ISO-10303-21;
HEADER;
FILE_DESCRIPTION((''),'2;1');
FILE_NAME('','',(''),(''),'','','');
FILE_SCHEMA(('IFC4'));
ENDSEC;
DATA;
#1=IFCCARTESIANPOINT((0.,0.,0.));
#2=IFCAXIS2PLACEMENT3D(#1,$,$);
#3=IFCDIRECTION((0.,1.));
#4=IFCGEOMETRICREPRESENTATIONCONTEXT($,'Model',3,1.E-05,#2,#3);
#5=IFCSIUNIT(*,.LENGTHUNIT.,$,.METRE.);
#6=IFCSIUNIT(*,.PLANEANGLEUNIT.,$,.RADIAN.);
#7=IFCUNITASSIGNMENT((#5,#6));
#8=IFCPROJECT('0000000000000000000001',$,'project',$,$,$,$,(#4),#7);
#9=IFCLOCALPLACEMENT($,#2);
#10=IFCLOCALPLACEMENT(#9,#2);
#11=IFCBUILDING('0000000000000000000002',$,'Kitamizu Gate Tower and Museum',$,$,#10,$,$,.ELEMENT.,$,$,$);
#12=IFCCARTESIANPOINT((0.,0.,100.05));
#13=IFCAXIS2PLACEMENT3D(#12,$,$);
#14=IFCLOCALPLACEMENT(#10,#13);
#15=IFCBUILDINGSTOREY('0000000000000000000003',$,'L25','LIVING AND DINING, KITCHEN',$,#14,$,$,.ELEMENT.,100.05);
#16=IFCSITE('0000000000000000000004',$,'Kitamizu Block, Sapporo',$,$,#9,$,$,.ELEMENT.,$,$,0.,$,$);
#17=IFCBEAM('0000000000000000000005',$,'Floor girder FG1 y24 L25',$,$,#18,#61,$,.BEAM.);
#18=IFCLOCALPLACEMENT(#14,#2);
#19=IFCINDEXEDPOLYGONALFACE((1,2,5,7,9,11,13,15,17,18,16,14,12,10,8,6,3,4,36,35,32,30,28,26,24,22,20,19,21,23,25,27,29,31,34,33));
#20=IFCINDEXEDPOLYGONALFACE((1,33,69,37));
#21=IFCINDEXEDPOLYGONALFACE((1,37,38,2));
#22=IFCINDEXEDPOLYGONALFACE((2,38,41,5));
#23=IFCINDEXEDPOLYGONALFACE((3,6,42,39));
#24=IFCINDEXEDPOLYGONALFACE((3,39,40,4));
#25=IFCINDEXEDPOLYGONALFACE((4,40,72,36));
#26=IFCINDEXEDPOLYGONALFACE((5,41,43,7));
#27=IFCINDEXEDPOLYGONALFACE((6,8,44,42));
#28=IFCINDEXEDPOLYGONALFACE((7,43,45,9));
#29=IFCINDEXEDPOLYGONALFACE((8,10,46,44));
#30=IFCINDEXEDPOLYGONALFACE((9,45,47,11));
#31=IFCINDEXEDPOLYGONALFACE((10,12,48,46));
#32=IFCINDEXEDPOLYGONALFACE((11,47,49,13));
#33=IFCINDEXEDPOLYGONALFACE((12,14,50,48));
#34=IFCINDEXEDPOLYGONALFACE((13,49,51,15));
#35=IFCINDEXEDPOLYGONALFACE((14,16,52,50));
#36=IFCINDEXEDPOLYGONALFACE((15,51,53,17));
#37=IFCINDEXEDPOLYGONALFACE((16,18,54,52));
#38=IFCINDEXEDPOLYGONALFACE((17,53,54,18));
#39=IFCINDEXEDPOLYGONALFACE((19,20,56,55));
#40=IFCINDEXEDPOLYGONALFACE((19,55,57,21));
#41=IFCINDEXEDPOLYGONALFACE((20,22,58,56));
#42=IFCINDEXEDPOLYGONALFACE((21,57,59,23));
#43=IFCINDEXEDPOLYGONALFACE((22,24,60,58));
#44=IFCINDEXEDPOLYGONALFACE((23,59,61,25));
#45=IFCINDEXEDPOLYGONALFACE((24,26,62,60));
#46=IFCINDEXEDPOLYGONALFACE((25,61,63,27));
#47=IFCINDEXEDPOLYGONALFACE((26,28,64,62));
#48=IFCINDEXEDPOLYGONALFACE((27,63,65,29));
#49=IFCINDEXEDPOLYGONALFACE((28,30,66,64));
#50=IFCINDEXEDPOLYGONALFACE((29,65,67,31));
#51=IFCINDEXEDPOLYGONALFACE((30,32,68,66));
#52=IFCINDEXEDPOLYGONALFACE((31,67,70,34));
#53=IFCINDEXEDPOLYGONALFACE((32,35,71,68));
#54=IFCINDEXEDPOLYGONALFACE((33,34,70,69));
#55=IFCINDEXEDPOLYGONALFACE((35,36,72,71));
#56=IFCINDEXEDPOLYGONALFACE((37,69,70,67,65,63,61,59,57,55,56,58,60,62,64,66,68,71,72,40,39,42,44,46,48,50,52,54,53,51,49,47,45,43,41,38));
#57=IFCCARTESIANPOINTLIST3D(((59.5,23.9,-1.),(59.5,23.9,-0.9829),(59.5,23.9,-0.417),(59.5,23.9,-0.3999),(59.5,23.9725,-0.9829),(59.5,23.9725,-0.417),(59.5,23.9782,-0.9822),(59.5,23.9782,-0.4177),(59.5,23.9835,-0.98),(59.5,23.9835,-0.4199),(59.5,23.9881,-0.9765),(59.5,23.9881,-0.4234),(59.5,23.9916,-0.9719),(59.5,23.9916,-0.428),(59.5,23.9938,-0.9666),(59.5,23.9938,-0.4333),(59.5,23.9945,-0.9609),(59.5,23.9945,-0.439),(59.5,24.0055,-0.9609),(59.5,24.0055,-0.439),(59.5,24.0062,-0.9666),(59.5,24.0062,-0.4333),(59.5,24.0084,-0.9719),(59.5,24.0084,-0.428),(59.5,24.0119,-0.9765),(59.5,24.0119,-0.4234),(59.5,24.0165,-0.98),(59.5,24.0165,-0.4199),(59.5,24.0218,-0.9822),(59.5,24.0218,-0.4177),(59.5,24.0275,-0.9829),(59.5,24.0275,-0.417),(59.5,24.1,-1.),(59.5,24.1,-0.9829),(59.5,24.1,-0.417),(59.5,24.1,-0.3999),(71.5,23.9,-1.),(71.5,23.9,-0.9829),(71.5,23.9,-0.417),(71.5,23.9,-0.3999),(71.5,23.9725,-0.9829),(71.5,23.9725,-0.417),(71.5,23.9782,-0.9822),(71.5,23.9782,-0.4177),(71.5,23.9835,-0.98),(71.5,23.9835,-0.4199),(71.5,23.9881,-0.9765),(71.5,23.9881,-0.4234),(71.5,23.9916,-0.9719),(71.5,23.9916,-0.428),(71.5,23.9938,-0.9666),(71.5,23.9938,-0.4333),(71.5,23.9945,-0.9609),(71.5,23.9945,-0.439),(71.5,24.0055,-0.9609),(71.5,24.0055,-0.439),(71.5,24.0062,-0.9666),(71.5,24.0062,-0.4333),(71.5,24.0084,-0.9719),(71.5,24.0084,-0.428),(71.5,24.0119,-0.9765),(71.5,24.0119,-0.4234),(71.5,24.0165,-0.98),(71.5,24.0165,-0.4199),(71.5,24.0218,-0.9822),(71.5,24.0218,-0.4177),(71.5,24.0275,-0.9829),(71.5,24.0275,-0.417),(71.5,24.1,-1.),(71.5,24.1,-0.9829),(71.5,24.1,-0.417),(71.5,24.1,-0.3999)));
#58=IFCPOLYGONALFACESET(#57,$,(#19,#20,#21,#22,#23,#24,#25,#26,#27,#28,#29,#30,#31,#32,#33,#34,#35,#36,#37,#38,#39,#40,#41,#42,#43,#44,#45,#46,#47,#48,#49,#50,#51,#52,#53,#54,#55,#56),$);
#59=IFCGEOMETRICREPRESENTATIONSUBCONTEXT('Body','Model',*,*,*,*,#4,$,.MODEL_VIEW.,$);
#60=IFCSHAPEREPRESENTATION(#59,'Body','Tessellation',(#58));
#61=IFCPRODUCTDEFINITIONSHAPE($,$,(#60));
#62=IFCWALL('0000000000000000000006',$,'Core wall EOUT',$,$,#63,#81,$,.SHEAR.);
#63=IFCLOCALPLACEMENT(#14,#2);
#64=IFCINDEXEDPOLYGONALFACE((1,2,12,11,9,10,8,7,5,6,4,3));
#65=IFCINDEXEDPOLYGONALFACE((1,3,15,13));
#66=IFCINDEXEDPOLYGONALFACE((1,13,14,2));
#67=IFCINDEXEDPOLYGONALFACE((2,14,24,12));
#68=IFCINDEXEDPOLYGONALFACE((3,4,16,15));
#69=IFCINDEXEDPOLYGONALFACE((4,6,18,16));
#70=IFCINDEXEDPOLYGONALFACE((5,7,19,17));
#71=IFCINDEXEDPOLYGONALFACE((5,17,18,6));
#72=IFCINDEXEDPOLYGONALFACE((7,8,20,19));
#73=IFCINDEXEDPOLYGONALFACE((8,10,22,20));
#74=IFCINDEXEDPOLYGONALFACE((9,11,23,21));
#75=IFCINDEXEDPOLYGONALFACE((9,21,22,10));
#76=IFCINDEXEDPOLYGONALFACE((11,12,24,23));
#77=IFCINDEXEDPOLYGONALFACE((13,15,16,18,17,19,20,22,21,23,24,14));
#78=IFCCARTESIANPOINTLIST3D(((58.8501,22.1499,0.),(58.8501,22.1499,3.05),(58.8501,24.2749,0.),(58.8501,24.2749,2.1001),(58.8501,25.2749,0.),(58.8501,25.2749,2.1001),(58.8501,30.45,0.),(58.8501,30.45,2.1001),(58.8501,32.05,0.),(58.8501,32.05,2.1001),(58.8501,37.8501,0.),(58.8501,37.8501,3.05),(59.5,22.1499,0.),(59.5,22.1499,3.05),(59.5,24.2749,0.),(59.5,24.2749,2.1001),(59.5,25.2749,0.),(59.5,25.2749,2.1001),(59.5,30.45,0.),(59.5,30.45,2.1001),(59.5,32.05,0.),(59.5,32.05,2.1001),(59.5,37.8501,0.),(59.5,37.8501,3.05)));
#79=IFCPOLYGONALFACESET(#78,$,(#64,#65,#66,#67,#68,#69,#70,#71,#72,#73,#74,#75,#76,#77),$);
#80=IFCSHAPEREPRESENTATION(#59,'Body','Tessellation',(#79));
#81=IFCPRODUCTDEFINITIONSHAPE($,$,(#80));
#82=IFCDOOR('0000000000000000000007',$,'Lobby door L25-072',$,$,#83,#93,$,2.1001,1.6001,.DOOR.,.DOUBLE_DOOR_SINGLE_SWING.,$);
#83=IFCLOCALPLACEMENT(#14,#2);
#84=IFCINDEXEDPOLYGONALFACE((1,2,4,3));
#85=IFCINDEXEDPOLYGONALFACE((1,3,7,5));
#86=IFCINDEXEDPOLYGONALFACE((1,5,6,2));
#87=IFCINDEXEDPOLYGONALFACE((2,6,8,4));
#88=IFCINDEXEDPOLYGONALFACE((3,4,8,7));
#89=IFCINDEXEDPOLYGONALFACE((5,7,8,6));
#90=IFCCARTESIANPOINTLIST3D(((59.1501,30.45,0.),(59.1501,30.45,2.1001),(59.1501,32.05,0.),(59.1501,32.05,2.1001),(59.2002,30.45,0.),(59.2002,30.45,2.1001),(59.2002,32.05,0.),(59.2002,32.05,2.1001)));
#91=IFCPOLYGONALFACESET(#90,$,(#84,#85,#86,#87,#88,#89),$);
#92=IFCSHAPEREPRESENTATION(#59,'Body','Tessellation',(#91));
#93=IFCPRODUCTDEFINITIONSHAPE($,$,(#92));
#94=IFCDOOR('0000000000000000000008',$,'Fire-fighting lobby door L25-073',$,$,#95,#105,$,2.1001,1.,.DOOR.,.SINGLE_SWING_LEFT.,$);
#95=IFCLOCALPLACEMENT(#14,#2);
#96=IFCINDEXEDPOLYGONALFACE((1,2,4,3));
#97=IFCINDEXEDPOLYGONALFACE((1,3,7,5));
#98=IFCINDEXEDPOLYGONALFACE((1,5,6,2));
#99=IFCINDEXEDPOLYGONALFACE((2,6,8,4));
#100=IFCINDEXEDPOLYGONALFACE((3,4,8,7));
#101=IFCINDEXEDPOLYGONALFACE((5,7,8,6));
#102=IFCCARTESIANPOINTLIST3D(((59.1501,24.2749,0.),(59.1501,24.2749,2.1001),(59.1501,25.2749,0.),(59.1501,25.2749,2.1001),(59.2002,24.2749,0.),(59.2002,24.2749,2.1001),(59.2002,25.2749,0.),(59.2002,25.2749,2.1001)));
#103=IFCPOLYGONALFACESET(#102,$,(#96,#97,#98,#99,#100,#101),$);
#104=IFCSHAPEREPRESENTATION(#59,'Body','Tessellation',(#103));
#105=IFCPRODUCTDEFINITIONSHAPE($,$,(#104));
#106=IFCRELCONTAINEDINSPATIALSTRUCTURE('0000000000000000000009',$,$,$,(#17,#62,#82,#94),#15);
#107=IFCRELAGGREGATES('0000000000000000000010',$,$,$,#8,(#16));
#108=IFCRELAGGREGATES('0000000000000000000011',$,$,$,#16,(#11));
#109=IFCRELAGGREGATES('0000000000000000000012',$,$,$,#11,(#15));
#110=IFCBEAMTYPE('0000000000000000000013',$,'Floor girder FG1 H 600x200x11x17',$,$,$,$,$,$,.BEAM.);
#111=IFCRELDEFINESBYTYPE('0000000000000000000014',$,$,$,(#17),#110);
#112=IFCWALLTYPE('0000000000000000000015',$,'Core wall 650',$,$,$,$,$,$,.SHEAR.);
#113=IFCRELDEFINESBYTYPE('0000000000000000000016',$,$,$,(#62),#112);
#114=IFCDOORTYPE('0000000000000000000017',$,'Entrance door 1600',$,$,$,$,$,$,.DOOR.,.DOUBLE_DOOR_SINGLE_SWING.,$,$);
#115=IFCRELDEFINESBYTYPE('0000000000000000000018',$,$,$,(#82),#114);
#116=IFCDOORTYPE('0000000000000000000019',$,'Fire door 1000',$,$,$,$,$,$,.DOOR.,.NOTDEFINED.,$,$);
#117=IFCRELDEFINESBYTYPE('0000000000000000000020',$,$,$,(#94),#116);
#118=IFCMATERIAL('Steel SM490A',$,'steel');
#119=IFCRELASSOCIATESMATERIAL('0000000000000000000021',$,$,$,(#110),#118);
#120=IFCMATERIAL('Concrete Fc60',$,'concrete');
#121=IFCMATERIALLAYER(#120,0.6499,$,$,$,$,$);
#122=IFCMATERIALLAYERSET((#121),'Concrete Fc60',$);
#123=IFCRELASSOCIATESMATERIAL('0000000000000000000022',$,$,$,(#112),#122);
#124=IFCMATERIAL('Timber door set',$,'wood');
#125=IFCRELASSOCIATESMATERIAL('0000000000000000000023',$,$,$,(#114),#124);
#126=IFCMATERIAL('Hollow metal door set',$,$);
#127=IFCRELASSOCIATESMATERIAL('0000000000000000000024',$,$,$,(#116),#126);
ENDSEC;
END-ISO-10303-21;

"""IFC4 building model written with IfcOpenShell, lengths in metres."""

from ifc_helpers import new_model, si_unit, direction, frame, frame_2d, origin, origin_2d, place, context, subcontext, project, spatial, rectangle, i_section, extrude, material, layer, layer_set, material_profile, profile_set, type_object, element, fill, save


model = new_model("IFC4")

# Units and contexts
model_context = context("Model", 3, precision=1e-05, world=origin(), true_north=direction((0.0, 1.0)))
body_context = subcontext(model_context, "Body", "Model", "MODEL_VIEW")
ifc_project = project(units=[si_unit("LENGTHUNIT", "METRE"), si_unit("PLANEANGLEUNIT", "RADIAN")], contexts=[model_context])

# Site, building, storey
site_placement = place(None, origin())
site = spatial("IfcSite", under=ifc_project, at=site_placement, Name="Kitamizu Block, Sapporo", CompositionType="ELEMENT", RefElevation=0.0)
building_placement = place(site_placement, origin())
building = spatial("IfcBuilding", under=site, at=building_placement, Name="Kitamizu Gate Tower and Museum", CompositionType="ELEMENT")
storey_placement = place(building_placement, frame((0.0, 0.0, 100.05)))
storey = spatial("IfcBuildingStorey", under=building, at=storey_placement, Name="L25", Description="LIVING AND DINING, KITCHEN", CompositionType="ELEMENT", Elevation=100.05)

# Beam
ifc_material_1 = material(Name="Steel SM490A", Category="steel")
ifc_material_profile = material_profile(ifc_material_1, i_section(OverallWidth=0.2, OverallDepth=0.6001, WebThickness=0.011, FlangeThickness=0.0171, FilletRadius=0.022, at=origin_2d()), Name="H-600x200x11x17")
ifc_profile_set = profile_set([ifc_material_profile], Name="Steel SM490A")
beam_type = type_object("IfcBeamType", Name="Floor girder FG1 H 600x200x11x17", PredefinedType="BEAM", material=ifc_profile_set)
beam_placement = place(storey_placement, frame((59.5, 24.0, -0.7), z_axis=(1.0, 0.0, 0.0), x_axis=(0.0, 1.0, 0.0)))
element("IfcBeam", 1, at=beam_placement, inside=storey, type_object=beam_type, Name="Floor girder FG1 y24 L25", PredefinedType="BEAM", context=body_context, shape_type="SweptSolid", body=[
    extrude(i_section(OverallWidth=0.2, OverallDepth=0.6001, WebThickness=0.011, FlangeThickness=0.0171, FilletRadius=0.022, at=origin_2d()), origin(), (0.0, 0.0, 1.0), 12.0),
])

# Wall, openings, doors
ifc_material_2 = material(Name="Concrete Fc60", Category="concrete")
ifc_layer_1 = layer(ifc_material_2, 0.6499)
ifc_layer_set_1 = layer_set([ifc_layer_1], Name="Concrete Fc60")
wall_type_1 = type_object("IfcWallType", Name="Core wall 650", PredefinedType="SHEAR", material=ifc_layer_set_1)
wall_1_placement = place(storey_placement, frame((59.175, 22.1499, 0.0), z_axis=(0.0, 0.0, 1.0), x_axis=(0.0, 1.0, 0.0)))
wall_1 = element("IfcWall", 2, at=wall_1_placement, inside=storey, type_object=wall_type_1, Name="Core wall EOUT", PredefinedType="SHEAR", context=body_context, shape_type="SweptSolid", body=[
    extrude(rectangle(XDim=15.7002, YDim=0.6499, at=frame_2d((7.8501, 0.0))), origin(), (0.0, 0.0, 1.0), 3.05),
])
opening_1_placement = place(wall_1_placement, frame((8.3, 0.0, 0.0)))
opening_1 = element("IfcOpeningElement", 3, at=opening_1_placement, cuts=wall_1, PredefinedType="OPENING", context=body_context, shape_type="SweptSolid", body=[
    extrude(rectangle(XDim=1.6001, YDim=2.1001, at=frame_2d((0.8, 1.05))), frame((0.0, 0.335, 0.0), z_axis=(0.0, -1.0, 0.0), x_axis=(1.0, 0.0, 0.0)), (0.0, 0.0, 1.0), 0.6699),
])
opening_2_placement = place(wall_1_placement, frame((2.125, 0.0, 0.0)))
opening_2 = element("IfcOpeningElement", 4, at=opening_2_placement, cuts=wall_1, PredefinedType="OPENING", context=body_context, shape_type="SweptSolid", body=[
    extrude(rectangle(XDim=1.0, YDim=2.1001, at=frame_2d((0.5, 1.05))), frame((0.0, 0.335, 0.0), z_axis=(0.0, -1.0, 0.0), x_axis=(1.0, 0.0, 0.0)), (0.0, 0.0, 1.0), 0.6699),
])
ifc_material_3 = material(Name="Timber door set", Category="wood")
door_type_1 = type_object("IfcDoorType", Name="Entrance door 1600", OperationType="DOUBLE_DOOR_SINGLE_SWING", PredefinedType="DOOR", material=ifc_material_3)
door_1_placement = place(opening_1_placement, origin())
door_1 = element("IfcDoor", 5, at=door_1_placement, inside=storey, type_object=door_type_1, Name="Lobby door L25-072", OperationType="DOUBLE_DOOR_SINGLE_SWING", OverallHeight=2.1001, OverallWidth=1.6001, PredefinedType="DOOR", context=body_context, shape_type="SweptSolid", body=[
    extrude(rectangle(XDim=1.6001, YDim=2.1001, at=frame_2d((0.8, 1.05))), frame((0.0, 0.0249, 0.0), z_axis=(0.0, -1.0, 0.0), x_axis=(1.0, 0.0, 0.0)), (0.0, 0.0, 1.0), 0.05),
])
fill(opening_1, door_1)
ifc_material_4 = material(Name="Hollow metal door set")
door_type_2 = type_object("IfcDoorType", Name="Fire door 1000", OperationType="NOTDEFINED", PredefinedType="DOOR", material=ifc_material_4)
door_2_placement = place(opening_2_placement, origin())
door_2 = element("IfcDoor", 6, at=door_2_placement, inside=storey, type_object=door_type_2, Name="Fire-fighting lobby door L25-073", OperationType="SINGLE_SWING_LEFT", OverallHeight=2.1001, OverallWidth=1.0, PredefinedType="DOOR", context=body_context, shape_type="SweptSolid", body=[
    extrude(rectangle(XDim=1.0, YDim=2.1001, at=frame_2d((0.5, 1.05))), frame((0.0, 0.0249, 0.0), z_axis=(0.0, -1.0, 0.0), x_axis=(1.0, 0.0, 0.0)), (0.0, 0.0, 1.0), 0.05),
])
fill(opening_2, door_2)

save(model, "model.ifc")
